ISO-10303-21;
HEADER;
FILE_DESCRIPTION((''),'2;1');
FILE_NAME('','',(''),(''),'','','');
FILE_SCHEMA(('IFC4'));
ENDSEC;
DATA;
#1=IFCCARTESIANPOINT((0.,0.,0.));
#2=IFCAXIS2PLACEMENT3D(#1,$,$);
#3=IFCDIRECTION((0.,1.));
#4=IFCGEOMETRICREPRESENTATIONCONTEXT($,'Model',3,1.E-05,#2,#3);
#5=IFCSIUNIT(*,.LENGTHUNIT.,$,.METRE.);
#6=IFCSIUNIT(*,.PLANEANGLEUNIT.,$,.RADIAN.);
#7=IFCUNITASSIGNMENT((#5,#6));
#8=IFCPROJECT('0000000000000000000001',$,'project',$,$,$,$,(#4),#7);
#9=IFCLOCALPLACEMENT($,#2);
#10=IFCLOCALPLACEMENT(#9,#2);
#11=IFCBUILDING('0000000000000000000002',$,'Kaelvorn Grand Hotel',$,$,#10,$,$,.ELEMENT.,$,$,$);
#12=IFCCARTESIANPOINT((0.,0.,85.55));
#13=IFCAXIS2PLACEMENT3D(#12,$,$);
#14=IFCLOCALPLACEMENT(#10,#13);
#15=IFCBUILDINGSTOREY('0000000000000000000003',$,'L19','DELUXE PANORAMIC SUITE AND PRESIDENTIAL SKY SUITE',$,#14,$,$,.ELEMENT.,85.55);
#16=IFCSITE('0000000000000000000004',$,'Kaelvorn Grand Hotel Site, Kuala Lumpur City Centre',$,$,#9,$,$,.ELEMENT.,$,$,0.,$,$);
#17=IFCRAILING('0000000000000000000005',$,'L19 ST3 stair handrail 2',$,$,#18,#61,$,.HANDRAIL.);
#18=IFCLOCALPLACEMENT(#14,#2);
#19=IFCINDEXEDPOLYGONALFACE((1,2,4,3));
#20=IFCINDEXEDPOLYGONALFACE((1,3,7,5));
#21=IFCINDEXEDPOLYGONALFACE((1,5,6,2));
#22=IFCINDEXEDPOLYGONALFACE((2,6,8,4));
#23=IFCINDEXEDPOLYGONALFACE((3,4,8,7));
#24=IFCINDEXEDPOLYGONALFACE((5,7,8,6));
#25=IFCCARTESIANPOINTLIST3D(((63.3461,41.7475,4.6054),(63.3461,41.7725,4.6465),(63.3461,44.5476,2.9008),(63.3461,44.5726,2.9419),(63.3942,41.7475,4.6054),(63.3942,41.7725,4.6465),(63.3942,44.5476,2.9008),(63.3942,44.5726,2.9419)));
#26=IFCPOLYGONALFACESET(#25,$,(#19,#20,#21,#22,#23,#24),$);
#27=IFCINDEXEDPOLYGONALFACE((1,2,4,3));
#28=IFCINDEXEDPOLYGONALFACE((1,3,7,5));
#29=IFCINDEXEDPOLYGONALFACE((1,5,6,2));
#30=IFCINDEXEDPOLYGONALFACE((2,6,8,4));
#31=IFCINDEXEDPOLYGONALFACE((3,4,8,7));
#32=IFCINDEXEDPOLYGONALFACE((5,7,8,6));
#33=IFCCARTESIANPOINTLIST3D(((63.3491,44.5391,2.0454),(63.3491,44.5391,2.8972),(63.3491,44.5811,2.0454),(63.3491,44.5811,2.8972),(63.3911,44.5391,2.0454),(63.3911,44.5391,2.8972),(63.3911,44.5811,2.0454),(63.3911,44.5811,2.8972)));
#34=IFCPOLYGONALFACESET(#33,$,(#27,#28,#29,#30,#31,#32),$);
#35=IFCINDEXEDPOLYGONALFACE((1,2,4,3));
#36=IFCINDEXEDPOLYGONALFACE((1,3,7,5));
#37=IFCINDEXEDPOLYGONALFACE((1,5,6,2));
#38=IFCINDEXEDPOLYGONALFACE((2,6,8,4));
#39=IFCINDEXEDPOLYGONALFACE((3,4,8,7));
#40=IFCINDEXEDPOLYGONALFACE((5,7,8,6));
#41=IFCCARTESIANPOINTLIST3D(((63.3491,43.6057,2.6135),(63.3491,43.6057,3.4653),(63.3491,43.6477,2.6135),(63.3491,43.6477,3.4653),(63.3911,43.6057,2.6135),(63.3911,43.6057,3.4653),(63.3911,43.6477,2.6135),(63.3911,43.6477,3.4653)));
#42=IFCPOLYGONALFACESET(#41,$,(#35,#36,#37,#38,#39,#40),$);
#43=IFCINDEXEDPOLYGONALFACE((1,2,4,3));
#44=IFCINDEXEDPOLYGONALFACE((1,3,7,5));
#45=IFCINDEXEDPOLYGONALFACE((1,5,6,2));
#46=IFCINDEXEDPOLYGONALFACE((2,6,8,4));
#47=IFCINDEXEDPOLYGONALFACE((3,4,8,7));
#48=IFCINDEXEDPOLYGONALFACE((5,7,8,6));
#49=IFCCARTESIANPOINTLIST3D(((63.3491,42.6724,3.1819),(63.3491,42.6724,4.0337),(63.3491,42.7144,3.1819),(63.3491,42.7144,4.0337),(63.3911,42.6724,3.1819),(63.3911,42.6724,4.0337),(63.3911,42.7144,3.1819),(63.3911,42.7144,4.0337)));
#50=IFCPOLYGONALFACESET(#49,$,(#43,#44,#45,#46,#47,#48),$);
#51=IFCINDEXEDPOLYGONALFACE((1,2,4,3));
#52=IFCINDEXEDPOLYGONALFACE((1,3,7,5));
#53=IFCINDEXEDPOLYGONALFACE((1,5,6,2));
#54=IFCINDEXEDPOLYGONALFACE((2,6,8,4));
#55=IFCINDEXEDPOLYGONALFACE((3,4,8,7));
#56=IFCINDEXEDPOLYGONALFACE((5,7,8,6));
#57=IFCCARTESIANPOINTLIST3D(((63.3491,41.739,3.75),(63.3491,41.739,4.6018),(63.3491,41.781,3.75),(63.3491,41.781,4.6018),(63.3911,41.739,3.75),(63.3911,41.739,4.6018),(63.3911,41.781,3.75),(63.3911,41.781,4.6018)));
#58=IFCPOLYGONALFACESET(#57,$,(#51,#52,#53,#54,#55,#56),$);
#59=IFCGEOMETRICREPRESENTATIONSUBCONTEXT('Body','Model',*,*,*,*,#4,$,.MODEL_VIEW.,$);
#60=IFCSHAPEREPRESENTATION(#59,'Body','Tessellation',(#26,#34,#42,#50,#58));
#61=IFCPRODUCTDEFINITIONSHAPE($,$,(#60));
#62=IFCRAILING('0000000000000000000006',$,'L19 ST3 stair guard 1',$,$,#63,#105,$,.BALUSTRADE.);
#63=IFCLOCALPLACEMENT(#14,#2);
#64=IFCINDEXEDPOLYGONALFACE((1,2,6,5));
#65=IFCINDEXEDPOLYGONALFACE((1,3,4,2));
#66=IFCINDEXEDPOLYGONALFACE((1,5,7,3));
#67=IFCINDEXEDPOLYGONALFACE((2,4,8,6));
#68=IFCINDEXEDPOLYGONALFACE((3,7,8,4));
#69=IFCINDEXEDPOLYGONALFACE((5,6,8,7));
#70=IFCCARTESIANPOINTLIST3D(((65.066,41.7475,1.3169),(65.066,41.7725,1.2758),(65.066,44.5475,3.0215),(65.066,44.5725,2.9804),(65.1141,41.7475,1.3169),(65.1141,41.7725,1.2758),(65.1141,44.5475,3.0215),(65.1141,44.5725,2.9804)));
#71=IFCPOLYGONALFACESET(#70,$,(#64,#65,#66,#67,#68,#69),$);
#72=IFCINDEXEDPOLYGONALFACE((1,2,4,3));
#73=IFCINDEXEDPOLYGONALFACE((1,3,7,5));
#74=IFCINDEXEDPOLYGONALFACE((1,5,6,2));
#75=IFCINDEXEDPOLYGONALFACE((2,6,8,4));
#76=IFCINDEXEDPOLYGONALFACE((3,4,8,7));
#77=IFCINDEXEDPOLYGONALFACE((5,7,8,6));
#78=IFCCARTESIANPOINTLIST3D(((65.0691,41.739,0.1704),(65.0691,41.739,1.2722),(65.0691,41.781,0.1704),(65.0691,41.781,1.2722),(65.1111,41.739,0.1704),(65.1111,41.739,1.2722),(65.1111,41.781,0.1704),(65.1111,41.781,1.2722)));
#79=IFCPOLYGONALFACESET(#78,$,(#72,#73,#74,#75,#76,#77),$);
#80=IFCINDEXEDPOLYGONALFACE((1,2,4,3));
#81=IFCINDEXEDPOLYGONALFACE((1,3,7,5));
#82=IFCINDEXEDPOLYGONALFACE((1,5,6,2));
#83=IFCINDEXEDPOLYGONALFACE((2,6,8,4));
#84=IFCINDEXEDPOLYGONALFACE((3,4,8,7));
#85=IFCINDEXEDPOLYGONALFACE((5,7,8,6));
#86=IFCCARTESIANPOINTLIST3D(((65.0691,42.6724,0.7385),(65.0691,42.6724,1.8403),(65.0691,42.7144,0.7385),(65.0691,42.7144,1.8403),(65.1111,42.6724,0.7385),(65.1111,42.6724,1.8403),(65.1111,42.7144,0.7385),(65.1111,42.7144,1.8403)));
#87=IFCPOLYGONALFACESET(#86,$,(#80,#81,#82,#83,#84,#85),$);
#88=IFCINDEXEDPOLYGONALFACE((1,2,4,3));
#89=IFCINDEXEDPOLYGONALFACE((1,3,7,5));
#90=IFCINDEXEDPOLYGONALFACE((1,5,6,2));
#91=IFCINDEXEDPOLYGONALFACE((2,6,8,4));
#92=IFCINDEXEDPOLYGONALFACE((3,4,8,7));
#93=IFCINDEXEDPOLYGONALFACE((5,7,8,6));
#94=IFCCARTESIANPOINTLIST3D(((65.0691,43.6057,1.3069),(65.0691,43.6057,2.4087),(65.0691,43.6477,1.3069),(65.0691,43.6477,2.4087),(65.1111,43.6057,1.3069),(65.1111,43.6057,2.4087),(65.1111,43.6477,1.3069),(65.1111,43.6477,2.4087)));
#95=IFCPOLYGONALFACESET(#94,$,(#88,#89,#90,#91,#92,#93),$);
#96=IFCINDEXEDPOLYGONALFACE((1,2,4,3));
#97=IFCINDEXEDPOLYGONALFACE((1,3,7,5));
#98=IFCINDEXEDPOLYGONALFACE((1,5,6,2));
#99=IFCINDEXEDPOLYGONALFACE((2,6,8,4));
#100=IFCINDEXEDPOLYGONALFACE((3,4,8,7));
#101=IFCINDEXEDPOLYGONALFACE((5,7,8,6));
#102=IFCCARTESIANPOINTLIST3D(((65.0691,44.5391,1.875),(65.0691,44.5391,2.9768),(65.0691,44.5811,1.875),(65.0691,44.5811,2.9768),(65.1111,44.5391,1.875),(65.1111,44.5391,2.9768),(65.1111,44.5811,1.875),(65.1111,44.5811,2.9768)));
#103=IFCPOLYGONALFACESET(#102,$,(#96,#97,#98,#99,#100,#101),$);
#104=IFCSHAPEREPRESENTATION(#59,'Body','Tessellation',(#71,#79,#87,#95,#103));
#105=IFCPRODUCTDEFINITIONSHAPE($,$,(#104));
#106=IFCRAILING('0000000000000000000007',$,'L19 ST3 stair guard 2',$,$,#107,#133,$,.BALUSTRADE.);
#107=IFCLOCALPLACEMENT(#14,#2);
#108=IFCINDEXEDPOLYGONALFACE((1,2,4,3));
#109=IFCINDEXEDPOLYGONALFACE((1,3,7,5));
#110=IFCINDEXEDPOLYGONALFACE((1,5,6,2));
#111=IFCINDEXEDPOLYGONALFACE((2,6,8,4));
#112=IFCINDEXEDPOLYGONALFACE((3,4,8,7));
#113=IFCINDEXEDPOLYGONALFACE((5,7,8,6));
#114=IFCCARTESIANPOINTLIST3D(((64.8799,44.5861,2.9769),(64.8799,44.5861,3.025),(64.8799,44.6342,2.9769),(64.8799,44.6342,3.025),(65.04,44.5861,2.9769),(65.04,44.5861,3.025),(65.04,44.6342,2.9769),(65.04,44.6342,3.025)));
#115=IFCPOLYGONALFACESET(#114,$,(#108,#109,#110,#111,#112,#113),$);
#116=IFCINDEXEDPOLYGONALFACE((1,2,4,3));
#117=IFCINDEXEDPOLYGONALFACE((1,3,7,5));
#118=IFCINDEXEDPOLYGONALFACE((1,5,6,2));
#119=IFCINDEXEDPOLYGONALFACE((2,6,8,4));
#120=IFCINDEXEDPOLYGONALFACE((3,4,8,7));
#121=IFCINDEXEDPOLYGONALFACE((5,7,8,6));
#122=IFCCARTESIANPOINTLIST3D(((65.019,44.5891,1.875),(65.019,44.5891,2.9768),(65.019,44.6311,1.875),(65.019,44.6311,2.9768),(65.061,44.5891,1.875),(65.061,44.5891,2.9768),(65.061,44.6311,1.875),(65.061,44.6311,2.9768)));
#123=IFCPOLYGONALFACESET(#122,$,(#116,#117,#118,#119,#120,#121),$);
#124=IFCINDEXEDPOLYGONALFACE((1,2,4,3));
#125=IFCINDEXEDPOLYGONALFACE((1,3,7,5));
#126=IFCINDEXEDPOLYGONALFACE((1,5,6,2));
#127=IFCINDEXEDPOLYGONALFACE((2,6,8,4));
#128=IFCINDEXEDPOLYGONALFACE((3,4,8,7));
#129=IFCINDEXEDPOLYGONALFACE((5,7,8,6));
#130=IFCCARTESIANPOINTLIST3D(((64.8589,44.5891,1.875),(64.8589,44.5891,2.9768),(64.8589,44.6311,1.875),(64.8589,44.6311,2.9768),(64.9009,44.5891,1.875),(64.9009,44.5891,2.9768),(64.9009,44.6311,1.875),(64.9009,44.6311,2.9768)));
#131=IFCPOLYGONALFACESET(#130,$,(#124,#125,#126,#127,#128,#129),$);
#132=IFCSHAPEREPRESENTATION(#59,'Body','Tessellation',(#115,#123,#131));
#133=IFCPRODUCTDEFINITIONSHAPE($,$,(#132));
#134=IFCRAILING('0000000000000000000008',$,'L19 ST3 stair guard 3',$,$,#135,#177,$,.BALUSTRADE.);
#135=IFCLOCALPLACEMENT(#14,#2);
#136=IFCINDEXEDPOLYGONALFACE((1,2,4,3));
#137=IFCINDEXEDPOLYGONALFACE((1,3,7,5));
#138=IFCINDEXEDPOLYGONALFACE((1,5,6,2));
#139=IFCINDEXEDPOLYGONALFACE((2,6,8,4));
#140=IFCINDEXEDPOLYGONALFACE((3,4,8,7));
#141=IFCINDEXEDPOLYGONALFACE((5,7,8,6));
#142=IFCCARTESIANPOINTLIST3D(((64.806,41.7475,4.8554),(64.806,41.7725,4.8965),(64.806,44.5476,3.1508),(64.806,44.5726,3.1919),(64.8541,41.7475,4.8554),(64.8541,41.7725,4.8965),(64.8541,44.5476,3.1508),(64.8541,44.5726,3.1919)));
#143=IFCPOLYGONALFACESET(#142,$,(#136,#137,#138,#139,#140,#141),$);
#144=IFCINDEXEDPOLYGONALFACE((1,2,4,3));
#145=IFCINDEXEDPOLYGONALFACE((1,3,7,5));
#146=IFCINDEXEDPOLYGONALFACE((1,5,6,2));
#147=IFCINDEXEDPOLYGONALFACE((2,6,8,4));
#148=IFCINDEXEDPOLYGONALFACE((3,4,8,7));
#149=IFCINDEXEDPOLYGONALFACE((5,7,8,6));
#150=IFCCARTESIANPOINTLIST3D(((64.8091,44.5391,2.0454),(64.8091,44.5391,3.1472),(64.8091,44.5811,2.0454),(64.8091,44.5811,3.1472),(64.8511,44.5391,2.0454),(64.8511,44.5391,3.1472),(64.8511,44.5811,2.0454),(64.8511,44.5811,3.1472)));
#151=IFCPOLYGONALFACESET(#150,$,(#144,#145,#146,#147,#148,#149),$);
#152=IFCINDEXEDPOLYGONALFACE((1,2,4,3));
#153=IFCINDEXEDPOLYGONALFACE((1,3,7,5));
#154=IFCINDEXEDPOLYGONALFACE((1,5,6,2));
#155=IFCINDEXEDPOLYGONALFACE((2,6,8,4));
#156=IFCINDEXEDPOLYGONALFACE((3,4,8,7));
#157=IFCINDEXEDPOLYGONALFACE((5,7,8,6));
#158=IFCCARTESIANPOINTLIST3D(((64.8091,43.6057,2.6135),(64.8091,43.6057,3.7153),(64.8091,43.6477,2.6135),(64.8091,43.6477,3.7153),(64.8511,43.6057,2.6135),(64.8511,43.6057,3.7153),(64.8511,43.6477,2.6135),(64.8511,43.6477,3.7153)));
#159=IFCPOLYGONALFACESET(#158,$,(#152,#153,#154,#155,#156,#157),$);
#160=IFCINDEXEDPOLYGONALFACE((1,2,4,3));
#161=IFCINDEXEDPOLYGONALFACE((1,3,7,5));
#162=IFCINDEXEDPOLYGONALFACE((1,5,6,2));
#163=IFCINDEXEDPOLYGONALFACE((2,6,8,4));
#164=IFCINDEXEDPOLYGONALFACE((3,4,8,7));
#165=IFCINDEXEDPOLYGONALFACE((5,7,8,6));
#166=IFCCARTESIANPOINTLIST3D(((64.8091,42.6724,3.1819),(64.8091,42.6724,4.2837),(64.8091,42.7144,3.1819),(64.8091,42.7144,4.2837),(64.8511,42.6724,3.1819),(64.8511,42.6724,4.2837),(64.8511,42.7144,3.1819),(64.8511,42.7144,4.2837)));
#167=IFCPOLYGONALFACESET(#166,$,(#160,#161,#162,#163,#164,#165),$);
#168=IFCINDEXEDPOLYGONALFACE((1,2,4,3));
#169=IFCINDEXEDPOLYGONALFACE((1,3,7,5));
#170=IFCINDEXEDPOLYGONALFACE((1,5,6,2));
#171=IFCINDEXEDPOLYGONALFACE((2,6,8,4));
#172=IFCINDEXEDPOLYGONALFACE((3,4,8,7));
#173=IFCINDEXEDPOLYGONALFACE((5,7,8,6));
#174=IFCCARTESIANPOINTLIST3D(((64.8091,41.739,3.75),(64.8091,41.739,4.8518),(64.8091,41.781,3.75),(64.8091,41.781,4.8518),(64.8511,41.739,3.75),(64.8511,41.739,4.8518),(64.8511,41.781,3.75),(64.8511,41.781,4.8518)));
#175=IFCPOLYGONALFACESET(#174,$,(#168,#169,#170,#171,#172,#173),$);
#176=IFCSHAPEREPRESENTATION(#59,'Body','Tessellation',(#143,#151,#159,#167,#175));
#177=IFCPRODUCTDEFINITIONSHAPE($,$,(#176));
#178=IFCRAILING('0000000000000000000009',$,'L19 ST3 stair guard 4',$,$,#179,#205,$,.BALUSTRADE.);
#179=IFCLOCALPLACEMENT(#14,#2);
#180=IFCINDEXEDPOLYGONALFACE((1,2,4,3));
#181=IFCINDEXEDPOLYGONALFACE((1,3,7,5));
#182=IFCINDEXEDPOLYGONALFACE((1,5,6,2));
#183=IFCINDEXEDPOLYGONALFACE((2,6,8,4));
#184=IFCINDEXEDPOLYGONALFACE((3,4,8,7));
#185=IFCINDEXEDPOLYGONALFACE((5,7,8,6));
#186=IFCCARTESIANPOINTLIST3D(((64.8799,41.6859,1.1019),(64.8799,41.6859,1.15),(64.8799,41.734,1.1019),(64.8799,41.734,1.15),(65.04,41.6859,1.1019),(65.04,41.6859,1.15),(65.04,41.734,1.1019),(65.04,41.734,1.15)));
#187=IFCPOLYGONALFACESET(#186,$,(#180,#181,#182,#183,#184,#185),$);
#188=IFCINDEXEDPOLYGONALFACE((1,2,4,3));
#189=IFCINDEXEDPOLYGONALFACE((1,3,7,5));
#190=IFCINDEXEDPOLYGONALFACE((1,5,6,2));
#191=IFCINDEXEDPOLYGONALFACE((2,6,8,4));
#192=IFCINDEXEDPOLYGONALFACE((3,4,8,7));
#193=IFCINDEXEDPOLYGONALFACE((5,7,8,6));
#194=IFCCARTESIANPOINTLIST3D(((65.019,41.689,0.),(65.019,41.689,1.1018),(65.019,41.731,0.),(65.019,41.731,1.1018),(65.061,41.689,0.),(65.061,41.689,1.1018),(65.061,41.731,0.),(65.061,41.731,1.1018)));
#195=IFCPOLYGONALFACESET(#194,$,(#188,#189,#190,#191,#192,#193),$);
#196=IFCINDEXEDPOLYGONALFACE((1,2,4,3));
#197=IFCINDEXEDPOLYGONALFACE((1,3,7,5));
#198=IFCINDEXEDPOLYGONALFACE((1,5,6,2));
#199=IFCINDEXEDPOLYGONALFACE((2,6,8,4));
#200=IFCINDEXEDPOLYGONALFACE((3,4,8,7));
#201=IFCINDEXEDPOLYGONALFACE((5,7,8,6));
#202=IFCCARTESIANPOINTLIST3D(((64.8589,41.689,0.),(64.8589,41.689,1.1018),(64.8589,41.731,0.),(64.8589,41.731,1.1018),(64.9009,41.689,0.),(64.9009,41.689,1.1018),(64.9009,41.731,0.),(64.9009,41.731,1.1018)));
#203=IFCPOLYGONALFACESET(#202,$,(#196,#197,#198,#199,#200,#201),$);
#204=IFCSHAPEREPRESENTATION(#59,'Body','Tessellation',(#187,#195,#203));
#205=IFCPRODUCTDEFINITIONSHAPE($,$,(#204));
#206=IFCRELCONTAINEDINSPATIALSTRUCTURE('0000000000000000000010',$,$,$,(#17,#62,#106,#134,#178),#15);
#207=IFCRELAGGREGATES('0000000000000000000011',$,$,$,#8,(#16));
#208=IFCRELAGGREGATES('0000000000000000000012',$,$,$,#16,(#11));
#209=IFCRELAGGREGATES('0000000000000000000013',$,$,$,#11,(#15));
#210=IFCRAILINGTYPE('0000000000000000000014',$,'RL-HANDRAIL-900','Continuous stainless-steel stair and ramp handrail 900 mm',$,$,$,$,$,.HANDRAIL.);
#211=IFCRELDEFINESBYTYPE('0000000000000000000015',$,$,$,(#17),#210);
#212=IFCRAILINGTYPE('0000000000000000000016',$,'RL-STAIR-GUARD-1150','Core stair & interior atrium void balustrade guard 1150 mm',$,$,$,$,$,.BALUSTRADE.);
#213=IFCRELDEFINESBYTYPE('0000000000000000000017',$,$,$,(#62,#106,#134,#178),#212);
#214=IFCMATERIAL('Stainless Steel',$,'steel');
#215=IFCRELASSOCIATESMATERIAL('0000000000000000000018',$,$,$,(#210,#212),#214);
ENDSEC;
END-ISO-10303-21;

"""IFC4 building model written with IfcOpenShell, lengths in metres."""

from ifc_helpers import new_model, si_unit, direction, frame, origin, origin_2d, place, context, subcontext, project, spatial, rectangle, extrude, material, type_object, element, save


model = new_model("IFC4")

# Units and contexts
model_context = context("Model", 3, precision=1e-05, world=origin(), true_north=direction((0.0, 1.0)))
body_context = subcontext(model_context, "Body", "Model", "MODEL_VIEW")
ifc_project = project(units=[si_unit("LENGTHUNIT", "METRE"), si_unit("PLANEANGLEUNIT", "RADIAN")], contexts=[model_context])

# Site, building, storey
site_placement = place(None, origin())
site = spatial("IfcSite", under=ifc_project, at=site_placement, Name="Kaelvorn Grand Hotel Site, Kuala Lumpur City Centre", CompositionType="ELEMENT", RefElevation=0.0)
building_placement = place(site_placement, origin())
building = spatial("IfcBuilding", under=site, at=building_placement, Name="Kaelvorn Grand Hotel", CompositionType="ELEMENT")
storey_placement = place(building_placement, frame((0.0, 0.0, 85.55)))
storey = spatial("IfcBuildingStorey", under=building, at=storey_placement, Name="L19", Description="DELUXE PANORAMIC SUITE AND PRESIDENTIAL SKY SUITE", CompositionType="ELEMENT", Elevation=85.55)

# Railings
ifc_material_1 = material(Name="Stainless Steel", Category="steel")
railing_type_1 = type_object("IfcRailingType", Name="RL-HANDRAIL-900", Description="Continuous stainless-steel stair and ramp handrail 900 mm", PredefinedType="HANDRAIL", material=ifc_material_1)
railing_1_placement = place(storey_placement, frame((63.3701, 44.5601, 2.0454)))
element("IfcRailing", 1, at=railing_1_placement, inside=storey, type_object=railing_type_1, Name="L19 ST3 stair handrail 2", PredefinedType="HANDRAIL", context=body_context, shape_type="SweptSolid", body=[
    extrude(rectangle(XDim=0.0481, YDim=0.0481, at=origin_2d()), frame((0.0, 0.0, 0.876), z_axis=(0.0, -0.85417, 0.519994), x_axis=(1.0, 0.0, 0.0)), (0.0, 0.0, 1.0), 3.2781),
    extrude(rectangle(XDim=0.042, YDim=0.042, at=origin_2d()), origin(), (0.0, 0.0, 1.0), 0.8518),
    extrude(rectangle(XDim=0.042, YDim=0.042, at=origin_2d()), frame((0.0, -0.9333, 0.5681)), (0.0, 0.0, 1.0), 0.8518),
    extrude(rectangle(XDim=0.042, YDim=0.042, at=origin_2d()), frame((0.0, -1.8667, 1.1365)), (0.0, 0.0, 1.0), 0.8518),
    extrude(rectangle(XDim=0.042, YDim=0.042, at=origin_2d()), frame((0.0, -2.8, 1.7046)), (0.0, 0.0, 1.0), 0.8518),
])
railing_type_2 = type_object("IfcRailingType", Name="RL-STAIR-GUARD-1150", Description="Core stair & interior atrium void balustrade guard 1150 mm", PredefinedType="BALUSTRADE", material=ifc_material_1)
railing_2_placement = place(storey_placement, frame((65.0901, 41.76, 0.1704)))
element("IfcRailing", 2, at=railing_2_placement, inside=storey, type_object=railing_type_2, Name="L19 ST3 stair guard 1", PredefinedType="BALUSTRADE", context=body_context, shape_type="SweptSolid", body=[
    extrude(rectangle(XDim=0.0481, YDim=0.0481, at=origin_2d()), frame((0.0, 0.0, 1.126), z_axis=(0.0, 0.85417, 0.519994), x_axis=(-1.0, 0.0, 0.0)), (0.0, 0.0, 1.0), 3.2781),
    extrude(rectangle(XDim=0.042, YDim=0.042, at=origin_2d()), origin(), (0.0, 0.0, 1.0), 1.1018),
    extrude(rectangle(XDim=0.042, YDim=0.042, at=origin_2d()), frame((0.0, 0.9333, 0.5681)), (0.0, 0.0, 1.0), 1.1018),
    extrude(rectangle(XDim=0.042, YDim=0.042, at=origin_2d()), frame((0.0, 1.8667, 1.1365)), (0.0, 0.0, 1.0), 1.1018),
    extrude(rectangle(XDim=0.042, YDim=0.042, at=origin_2d()), frame((0.0, 2.8, 1.7046)), (0.0, 0.0, 1.0), 1.1018),
])
railing_3_placement = place(storey_placement, frame((65.04, 44.6101, 1.875)))
element("IfcRailing", 3, at=railing_3_placement, inside=storey, type_object=railing_type_2, Name="L19 ST3 stair guard 2", PredefinedType="BALUSTRADE", context=body_context, shape_type="SweptSolid", body=[
    extrude(rectangle(XDim=0.0481, YDim=0.0481, at=origin_2d()), frame((0.0, 0.0, 1.126), z_axis=(-1.0, 0.0, 0.0), x_axis=(0.0, -1.0, 0.0)), (0.0, 0.0, 1.0), 0.1602),
    extrude(rectangle(XDim=0.042, YDim=0.042, at=origin_2d()), origin(), (0.0, 0.0, 1.0), 1.1018),
    extrude(rectangle(XDim=0.042, YDim=0.042, at=origin_2d()), frame((-0.1602, 0.0, 0.0)), (0.0, 0.0, 1.0), 1.1018),
])
railing_4_placement = place(storey_placement, frame((64.8301, 44.5601, 2.0454)))
element("IfcRailing", 4, at=railing_4_placement, inside=storey, type_object=railing_type_2, Name="L19 ST3 stair guard 3", PredefinedType="BALUSTRADE", context=body_context, shape_type="SweptSolid", body=[
    extrude(rectangle(XDim=0.0481, YDim=0.0481, at=origin_2d()), frame((0.0, 0.0, 1.126), z_axis=(0.0, -0.85417, 0.519994), x_axis=(1.0, 0.0, 0.0)), (0.0, 0.0, 1.0), 3.2781),
    extrude(rectangle(XDim=0.042, YDim=0.042, at=origin_2d()), origin(), (0.0, 0.0, 1.0), 1.1018),
    extrude(rectangle(XDim=0.042, YDim=0.042, at=origin_2d()), frame((0.0, -0.9333, 0.5681)), (0.0, 0.0, 1.0), 1.1018),
    extrude(rectangle(XDim=0.042, YDim=0.042, at=origin_2d()), frame((0.0, -1.8667, 1.1365)), (0.0, 0.0, 1.0), 1.1018),
    extrude(rectangle(XDim=0.042, YDim=0.042, at=origin_2d()), frame((0.0, -2.8, 1.7046)), (0.0, 0.0, 1.0), 1.1018),
])
railing_5_placement = place(storey_placement, frame((65.04, 41.71, 0.0)))
element("IfcRailing", 5, at=railing_5_placement, inside=storey, type_object=railing_type_2, Name="L19 ST3 stair guard 4", PredefinedType="BALUSTRADE", context=body_context, shape_type="SweptSolid", body=[
    extrude(rectangle(XDim=0.0481, YDim=0.0481, at=origin_2d()), frame((0.0, 0.0, 1.126), z_axis=(-1.0, 0.0, 0.0), x_axis=(0.0, -1.0, 0.0)), (0.0, 0.0, 1.0), 0.1602),
    extrude(rectangle(XDim=0.042, YDim=0.042, at=origin_2d()), origin(), (0.0, 0.0, 1.0), 1.1018),
    extrude(rectangle(XDim=0.042, YDim=0.042, at=origin_2d()), frame((-0.1602, 0.0, 0.0)), (0.0, 0.0, 1.0), 1.1018),
])

save(model, "model.ifc")
